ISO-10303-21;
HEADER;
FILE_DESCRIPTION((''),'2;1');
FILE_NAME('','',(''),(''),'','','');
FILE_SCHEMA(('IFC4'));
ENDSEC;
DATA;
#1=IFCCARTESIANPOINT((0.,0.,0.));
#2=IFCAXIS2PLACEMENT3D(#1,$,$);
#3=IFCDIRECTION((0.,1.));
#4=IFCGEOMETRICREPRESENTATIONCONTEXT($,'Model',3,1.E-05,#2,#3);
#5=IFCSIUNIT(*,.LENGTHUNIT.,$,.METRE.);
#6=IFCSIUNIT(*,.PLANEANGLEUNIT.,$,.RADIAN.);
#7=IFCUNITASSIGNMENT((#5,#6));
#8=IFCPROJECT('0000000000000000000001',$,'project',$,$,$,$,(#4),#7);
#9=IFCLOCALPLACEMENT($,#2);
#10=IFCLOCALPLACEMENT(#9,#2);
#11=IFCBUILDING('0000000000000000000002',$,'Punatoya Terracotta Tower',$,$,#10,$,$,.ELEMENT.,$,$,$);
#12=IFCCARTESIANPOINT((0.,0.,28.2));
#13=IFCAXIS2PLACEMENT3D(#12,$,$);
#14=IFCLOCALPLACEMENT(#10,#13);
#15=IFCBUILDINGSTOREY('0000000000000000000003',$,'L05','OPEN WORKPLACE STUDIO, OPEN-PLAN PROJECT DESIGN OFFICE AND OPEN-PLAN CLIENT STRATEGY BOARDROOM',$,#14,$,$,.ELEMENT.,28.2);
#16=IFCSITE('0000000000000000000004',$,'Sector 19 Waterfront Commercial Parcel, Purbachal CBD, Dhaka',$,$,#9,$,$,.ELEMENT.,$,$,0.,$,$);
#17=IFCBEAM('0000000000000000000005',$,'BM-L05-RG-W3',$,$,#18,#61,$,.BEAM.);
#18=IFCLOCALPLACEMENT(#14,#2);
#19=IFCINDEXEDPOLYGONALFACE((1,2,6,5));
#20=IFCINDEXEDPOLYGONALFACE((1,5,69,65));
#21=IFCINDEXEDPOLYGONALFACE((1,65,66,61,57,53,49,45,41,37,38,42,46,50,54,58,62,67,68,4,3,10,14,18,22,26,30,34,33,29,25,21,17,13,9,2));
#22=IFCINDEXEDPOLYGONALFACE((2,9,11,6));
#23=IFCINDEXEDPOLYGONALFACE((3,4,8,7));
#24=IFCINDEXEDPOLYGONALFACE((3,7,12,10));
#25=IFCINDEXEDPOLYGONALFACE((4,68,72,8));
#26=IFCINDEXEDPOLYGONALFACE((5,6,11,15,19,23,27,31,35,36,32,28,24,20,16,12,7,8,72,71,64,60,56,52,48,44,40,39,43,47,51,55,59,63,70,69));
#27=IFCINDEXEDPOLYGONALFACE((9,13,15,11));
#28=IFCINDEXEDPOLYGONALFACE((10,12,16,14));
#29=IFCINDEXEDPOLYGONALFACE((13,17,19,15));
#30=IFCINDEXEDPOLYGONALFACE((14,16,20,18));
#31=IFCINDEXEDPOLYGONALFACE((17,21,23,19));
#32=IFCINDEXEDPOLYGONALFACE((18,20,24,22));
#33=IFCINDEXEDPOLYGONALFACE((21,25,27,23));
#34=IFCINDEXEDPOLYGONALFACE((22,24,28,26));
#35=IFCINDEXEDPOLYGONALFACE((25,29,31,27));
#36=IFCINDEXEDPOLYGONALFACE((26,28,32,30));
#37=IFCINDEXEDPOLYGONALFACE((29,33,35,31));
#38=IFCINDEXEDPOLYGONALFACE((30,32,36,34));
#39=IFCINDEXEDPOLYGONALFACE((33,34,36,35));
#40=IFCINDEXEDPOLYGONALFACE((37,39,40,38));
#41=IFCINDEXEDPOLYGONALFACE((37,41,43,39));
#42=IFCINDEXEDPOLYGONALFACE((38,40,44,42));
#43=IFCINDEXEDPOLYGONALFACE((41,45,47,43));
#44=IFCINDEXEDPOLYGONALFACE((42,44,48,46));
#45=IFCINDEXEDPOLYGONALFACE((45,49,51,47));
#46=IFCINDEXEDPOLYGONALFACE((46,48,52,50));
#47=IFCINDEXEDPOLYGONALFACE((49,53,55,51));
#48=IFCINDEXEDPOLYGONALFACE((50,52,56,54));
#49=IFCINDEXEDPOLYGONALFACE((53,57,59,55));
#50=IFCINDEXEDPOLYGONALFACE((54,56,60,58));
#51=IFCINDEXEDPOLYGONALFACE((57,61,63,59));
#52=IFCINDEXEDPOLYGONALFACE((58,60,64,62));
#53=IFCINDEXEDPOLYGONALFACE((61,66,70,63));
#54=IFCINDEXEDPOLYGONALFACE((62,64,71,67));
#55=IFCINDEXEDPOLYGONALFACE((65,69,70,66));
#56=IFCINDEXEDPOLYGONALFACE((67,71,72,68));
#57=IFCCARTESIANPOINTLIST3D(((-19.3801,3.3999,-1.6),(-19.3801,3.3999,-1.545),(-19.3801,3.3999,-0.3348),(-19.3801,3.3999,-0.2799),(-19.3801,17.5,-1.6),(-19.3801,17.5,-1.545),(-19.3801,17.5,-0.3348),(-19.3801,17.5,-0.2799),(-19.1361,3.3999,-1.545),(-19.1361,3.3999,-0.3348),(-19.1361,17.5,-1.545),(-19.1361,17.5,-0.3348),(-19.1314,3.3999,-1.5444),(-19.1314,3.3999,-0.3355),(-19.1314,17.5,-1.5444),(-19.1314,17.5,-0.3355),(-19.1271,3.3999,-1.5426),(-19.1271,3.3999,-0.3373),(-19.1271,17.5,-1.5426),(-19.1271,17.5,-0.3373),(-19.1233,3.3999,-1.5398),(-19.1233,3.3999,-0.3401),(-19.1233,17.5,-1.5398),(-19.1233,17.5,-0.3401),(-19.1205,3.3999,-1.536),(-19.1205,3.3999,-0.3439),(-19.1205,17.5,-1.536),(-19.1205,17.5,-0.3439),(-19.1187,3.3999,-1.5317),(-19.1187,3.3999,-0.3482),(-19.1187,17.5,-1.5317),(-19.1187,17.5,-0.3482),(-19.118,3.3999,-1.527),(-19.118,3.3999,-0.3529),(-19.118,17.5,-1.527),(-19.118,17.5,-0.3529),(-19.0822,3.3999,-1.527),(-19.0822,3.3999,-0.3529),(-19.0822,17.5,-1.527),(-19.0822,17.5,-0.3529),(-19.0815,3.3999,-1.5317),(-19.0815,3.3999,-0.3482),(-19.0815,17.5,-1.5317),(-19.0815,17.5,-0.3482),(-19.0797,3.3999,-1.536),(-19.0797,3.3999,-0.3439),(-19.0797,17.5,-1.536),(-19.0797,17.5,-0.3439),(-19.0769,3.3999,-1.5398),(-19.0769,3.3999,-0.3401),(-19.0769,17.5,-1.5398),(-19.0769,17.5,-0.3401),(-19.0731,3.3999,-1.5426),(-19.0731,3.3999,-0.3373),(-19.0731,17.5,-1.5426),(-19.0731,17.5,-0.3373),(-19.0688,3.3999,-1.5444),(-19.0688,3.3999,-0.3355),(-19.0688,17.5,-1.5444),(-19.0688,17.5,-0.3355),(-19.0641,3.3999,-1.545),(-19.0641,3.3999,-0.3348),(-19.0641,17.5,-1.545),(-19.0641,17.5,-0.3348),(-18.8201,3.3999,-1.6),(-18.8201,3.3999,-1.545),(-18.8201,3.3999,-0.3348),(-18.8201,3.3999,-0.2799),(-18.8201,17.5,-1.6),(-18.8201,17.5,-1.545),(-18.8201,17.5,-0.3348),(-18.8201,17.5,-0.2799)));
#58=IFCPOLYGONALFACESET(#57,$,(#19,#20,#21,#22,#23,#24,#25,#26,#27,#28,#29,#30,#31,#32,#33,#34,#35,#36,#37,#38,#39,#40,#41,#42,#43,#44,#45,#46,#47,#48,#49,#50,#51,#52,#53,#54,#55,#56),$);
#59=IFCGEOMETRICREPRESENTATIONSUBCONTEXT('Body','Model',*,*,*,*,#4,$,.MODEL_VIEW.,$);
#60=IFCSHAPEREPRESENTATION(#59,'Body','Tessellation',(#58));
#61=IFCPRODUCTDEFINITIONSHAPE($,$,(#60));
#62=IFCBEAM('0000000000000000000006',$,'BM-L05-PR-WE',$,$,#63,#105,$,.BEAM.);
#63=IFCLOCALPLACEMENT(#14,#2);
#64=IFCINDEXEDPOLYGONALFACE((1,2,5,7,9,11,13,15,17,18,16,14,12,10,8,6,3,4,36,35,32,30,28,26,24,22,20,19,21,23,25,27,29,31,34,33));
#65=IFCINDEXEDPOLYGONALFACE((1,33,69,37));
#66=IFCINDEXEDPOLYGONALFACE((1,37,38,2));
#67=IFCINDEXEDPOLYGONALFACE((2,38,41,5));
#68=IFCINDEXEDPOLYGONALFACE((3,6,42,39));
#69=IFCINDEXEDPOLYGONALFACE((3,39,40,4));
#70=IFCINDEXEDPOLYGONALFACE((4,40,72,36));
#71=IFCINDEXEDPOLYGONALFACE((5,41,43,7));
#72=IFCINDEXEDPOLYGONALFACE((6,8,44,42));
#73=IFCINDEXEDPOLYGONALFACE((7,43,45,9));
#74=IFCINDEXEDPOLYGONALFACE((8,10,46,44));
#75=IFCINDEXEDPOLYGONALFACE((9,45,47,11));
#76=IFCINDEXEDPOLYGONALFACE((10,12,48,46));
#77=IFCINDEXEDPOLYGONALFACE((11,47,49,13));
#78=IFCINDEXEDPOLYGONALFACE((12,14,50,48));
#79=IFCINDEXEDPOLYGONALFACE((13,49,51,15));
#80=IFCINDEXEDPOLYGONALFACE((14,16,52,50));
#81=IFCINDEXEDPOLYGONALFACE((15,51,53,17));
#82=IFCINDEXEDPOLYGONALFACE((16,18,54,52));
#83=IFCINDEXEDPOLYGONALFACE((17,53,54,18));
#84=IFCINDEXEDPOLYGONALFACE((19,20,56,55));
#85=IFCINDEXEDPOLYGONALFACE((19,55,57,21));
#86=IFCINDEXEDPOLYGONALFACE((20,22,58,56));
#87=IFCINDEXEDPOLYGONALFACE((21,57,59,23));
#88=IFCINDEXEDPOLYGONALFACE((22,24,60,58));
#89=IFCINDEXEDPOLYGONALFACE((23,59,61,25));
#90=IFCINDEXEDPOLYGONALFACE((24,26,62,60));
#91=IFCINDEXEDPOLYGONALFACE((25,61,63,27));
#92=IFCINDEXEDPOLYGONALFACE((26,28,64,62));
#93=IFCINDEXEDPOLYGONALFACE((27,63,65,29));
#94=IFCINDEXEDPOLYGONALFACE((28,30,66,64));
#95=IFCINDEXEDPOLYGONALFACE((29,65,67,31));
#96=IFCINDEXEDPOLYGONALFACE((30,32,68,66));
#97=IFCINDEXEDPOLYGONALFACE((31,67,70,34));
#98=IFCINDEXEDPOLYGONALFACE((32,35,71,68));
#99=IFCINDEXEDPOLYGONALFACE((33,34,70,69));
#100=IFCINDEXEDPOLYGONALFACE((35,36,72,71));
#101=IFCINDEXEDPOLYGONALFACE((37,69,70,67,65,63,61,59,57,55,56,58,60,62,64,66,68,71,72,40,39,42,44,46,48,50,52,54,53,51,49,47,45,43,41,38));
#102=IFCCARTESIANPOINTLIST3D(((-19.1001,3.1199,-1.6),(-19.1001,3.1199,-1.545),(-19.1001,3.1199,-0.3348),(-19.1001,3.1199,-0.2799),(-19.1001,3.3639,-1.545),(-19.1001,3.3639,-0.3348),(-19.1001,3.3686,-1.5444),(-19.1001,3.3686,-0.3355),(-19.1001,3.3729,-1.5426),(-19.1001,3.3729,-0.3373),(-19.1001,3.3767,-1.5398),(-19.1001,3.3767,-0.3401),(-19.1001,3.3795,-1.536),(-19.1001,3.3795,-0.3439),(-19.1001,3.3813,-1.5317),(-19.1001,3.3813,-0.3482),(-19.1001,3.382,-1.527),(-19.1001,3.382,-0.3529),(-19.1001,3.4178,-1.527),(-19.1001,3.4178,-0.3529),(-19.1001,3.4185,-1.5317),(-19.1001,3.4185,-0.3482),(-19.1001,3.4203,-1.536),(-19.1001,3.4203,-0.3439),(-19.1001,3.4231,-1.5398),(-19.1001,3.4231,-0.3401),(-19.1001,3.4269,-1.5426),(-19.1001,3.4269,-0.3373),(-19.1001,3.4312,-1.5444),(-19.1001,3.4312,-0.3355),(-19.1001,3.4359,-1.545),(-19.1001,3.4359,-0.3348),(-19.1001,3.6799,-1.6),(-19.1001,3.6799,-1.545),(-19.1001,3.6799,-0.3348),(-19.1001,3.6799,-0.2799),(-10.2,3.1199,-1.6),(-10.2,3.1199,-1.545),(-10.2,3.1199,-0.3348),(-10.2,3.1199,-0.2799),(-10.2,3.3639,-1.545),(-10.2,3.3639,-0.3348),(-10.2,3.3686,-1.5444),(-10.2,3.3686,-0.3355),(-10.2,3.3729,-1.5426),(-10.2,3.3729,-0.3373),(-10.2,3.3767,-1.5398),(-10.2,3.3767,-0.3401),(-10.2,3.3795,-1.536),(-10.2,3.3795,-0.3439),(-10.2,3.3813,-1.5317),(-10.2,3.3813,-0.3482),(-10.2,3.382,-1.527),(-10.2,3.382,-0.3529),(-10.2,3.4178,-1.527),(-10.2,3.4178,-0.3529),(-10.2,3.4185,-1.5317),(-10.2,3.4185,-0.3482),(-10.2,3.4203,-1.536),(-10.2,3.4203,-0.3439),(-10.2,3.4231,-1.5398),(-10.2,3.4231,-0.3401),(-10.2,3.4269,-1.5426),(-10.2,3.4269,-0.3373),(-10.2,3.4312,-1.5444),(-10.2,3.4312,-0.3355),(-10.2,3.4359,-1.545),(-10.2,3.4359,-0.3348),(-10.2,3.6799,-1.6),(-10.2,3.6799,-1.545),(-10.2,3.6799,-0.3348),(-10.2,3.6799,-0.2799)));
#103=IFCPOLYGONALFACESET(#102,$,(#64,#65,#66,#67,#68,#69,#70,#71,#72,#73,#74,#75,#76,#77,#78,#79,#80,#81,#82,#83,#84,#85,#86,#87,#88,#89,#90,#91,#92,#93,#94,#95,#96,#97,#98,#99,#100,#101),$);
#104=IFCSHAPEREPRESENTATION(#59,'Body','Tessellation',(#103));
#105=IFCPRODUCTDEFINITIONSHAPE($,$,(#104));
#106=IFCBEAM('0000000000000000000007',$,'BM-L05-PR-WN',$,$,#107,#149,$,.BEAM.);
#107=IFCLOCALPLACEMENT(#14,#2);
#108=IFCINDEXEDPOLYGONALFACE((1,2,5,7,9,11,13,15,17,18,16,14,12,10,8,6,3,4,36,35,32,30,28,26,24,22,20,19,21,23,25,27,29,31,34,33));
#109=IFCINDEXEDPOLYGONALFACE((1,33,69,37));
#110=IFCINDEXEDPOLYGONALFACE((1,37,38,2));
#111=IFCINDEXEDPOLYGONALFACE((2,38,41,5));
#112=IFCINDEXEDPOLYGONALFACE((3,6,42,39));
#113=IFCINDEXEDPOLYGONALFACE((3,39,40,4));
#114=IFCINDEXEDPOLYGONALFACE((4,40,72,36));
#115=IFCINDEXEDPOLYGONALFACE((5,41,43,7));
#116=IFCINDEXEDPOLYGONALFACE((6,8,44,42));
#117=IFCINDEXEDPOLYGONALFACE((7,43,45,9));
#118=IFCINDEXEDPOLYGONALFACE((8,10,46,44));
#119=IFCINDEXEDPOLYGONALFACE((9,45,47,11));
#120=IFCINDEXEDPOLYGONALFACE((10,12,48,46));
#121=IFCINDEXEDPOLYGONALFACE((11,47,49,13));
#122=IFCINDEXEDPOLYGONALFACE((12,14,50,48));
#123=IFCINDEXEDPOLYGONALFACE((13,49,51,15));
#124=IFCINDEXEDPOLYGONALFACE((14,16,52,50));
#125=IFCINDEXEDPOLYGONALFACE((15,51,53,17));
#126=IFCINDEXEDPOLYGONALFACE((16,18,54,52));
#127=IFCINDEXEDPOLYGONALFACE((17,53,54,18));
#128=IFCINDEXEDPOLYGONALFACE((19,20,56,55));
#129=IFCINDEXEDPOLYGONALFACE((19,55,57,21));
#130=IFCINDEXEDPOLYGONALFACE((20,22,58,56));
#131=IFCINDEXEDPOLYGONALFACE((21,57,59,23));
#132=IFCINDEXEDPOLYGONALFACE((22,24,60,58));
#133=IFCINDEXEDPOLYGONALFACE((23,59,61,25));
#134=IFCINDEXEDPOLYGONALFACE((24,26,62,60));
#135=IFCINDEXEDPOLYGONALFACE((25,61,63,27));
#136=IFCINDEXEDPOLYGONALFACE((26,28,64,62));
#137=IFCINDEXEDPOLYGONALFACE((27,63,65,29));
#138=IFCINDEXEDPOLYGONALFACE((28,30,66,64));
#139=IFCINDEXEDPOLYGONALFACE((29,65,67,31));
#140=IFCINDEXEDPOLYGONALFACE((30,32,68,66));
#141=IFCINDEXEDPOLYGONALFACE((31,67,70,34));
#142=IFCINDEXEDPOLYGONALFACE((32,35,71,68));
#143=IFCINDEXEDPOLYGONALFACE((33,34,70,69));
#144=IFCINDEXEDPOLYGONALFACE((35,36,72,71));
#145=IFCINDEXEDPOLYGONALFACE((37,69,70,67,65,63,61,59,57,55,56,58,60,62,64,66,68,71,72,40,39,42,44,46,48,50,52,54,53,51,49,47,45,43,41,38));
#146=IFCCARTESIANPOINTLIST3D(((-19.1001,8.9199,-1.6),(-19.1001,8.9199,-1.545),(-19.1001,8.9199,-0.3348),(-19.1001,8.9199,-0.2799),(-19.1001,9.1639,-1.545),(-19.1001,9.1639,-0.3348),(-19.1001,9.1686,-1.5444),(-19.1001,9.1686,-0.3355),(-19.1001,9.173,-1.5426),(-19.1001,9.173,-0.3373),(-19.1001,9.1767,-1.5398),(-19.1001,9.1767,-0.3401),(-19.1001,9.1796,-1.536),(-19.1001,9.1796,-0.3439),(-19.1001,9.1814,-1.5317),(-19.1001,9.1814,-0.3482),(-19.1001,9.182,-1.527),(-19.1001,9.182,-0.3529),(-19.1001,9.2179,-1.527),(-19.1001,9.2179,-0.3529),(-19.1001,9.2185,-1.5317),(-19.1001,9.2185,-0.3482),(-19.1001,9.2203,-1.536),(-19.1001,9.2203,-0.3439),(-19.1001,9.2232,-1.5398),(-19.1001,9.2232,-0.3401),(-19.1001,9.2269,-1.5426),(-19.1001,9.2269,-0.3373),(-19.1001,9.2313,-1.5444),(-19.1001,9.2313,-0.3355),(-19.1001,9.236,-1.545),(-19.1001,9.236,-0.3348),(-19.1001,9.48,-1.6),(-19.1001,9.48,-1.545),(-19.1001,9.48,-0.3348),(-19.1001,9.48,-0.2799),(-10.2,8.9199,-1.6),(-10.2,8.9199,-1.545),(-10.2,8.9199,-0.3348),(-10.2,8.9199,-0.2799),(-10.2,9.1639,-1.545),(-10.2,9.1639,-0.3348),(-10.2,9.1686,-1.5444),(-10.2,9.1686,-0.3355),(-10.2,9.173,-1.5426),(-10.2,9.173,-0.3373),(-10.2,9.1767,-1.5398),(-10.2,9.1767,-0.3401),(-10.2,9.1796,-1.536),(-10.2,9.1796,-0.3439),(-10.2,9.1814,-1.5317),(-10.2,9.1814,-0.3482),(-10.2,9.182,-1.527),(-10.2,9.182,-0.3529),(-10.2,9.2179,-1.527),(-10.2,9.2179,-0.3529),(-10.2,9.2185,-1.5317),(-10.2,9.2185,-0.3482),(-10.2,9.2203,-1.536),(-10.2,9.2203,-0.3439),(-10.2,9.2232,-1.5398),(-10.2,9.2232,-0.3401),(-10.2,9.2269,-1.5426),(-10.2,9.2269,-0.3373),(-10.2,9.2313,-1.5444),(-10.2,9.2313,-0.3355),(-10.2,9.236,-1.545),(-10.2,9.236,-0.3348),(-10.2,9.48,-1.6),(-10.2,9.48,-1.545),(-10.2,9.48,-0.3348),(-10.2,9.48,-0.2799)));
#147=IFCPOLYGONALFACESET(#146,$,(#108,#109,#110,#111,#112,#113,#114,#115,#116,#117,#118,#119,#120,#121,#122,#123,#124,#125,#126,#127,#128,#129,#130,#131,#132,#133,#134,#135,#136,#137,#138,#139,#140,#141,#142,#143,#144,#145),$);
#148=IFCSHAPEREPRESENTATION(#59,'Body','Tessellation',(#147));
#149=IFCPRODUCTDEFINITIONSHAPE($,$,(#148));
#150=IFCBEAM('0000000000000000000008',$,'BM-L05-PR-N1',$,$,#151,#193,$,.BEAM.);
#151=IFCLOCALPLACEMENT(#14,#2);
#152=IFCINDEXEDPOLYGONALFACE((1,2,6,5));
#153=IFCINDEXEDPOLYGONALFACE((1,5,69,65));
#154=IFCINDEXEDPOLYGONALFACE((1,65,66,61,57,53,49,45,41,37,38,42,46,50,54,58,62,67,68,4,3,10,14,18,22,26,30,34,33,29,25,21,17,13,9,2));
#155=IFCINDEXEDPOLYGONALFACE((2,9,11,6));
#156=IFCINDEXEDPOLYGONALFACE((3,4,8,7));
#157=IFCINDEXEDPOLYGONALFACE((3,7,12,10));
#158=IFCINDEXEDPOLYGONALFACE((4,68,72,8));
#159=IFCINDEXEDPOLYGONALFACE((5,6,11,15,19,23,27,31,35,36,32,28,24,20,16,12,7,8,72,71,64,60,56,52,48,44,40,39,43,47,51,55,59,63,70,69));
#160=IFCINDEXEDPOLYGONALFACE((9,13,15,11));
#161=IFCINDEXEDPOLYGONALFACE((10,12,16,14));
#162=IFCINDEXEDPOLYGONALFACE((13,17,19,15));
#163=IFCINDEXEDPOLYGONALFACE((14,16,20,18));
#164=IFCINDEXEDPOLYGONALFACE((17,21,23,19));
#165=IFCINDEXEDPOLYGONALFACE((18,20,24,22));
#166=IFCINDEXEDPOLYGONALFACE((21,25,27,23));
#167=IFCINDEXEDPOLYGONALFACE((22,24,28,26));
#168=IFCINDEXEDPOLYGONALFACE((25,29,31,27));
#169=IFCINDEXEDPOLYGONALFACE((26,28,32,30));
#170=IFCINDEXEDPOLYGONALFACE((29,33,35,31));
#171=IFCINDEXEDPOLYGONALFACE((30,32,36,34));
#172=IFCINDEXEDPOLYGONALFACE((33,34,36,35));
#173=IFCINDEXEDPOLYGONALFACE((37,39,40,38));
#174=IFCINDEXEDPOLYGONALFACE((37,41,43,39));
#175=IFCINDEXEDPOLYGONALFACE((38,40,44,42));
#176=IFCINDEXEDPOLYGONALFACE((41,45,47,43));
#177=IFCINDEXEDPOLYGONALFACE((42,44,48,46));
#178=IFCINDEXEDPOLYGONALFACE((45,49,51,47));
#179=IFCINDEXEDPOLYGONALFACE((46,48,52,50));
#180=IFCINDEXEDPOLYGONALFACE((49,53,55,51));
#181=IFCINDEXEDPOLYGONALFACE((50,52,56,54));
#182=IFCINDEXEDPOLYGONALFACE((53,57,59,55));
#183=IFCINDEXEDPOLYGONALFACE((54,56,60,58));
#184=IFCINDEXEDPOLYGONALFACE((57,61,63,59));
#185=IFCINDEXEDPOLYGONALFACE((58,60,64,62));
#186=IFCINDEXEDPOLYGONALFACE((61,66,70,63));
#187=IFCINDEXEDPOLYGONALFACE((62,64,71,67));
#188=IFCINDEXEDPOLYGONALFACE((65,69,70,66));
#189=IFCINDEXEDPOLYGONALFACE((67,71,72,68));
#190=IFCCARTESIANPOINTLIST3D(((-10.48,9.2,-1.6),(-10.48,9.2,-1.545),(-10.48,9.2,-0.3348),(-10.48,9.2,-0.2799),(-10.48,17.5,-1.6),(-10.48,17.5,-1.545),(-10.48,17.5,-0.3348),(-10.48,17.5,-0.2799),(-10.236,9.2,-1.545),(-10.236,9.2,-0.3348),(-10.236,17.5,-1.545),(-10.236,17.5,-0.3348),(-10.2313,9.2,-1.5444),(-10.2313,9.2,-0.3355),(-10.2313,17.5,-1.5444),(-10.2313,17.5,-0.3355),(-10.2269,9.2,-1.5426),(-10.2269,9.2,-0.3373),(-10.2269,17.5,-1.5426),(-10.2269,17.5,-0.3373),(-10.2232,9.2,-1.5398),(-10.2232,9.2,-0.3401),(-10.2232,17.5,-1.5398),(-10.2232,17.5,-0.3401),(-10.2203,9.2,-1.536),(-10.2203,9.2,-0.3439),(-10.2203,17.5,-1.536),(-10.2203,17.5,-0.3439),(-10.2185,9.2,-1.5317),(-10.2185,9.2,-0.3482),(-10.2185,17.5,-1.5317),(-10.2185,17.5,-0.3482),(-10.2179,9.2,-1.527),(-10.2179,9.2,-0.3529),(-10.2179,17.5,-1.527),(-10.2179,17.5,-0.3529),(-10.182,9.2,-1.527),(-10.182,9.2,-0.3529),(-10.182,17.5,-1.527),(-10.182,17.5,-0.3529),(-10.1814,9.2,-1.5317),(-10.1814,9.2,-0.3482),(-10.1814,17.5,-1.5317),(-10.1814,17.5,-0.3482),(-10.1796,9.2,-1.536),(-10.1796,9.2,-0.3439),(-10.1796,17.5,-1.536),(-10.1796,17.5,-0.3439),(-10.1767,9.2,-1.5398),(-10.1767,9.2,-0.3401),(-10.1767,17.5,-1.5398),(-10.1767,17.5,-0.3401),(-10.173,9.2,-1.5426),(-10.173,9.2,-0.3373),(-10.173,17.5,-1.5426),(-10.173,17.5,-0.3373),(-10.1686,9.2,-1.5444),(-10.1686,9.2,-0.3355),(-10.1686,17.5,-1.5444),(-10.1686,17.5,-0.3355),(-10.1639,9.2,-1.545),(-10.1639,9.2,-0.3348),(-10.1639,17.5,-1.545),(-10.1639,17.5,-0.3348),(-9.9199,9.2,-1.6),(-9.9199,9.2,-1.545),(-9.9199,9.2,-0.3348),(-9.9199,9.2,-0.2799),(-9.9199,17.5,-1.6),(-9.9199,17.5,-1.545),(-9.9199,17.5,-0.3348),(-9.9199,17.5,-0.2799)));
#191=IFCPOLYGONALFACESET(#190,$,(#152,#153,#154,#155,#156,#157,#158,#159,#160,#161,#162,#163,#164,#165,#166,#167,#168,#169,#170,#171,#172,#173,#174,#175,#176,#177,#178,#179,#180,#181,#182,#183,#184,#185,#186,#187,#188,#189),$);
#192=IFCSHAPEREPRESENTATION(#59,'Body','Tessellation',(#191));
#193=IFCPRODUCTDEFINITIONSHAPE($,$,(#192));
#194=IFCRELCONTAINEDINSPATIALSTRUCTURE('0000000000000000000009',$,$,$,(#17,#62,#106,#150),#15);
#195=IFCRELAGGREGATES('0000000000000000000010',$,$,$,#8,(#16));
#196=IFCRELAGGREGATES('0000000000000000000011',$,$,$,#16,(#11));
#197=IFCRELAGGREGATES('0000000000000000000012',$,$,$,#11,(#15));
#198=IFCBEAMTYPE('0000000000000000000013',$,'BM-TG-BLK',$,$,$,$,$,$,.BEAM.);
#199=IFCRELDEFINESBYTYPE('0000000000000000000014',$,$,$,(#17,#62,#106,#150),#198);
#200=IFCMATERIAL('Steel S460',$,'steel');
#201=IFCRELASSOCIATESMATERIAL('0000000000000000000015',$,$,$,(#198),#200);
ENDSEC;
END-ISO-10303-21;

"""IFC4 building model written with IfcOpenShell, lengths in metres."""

from ifc_helpers import new_model, si_unit, direction, frame, origin, origin_2d, place, context, subcontext, project, spatial, i_section, extrude, material, material_profile, profile_set, type_object, element, save


model = new_model("IFC4")

# Units and contexts
model_context = context("Model", 3, precision=1e-05, world=origin(), true_north=direction((0.0, 1.0)))
body_context = subcontext(model_context, "Body", "Model", "MODEL_VIEW")
ifc_project = project(units=[si_unit("LENGTHUNIT", "METRE"), si_unit("PLANEANGLEUNIT", "RADIAN")], contexts=[model_context])

# Site, building, storey
site_placement = place(None, origin())
site = spatial("IfcSite", under=ifc_project, at=site_placement, Name="Sector 19 Waterfront Commercial Parcel, Purbachal CBD, Dhaka", CompositionType="ELEMENT", RefElevation=0.0)
building_placement = place(site_placement, origin())
building = spatial("IfcBuilding", under=site, at=building_placement, Name="Punatoya Terracotta Tower", CompositionType="ELEMENT")
storey_placement = place(building_placement, frame((0.0, 0.0, 28.2)))
storey = spatial("IfcBuildingStorey", under=building, at=storey_placement, Name="L05", Description="OPEN WORKPLACE STUDIO, OPEN-PLAN PROJECT DESIGN OFFICE AND OPEN-PLAN CLIENT STRATEGY BOARDROOM", CompositionType="ELEMENT", Elevation=28.2)

# Shared definitions
ifc_material_1 = material(Name="Steel S460", Category="steel")

# Beams
ifc_material_profile_1 = material_profile(ifc_material_1, i_section(OverallWidth=0.5601, OverallDepth=1.3201, WebThickness=0.0359, FlangeThickness=0.0549, FilletRadius=0.0181, at=origin_2d()))
ifc_profile_set_1 = profile_set([ifc_material_profile_1], Name="Steel S460")
beam_type_1 = type_object("IfcBeamType", Name="BM-TG-BLK", PredefinedType="BEAM", material=ifc_profile_set_1)
beam_1_placement = place(storey_placement, frame((-19.1001, 3.3999, -0.9399), z_axis=(0.0, 1.0, 0.0), x_axis=(-1.0, 0.0, 0.0)))
element("IfcBeam", 1, at=beam_1_placement, inside=storey, type_object=beam_type_1, Name="BM-L05-RG-W3", PredefinedType="BEAM", context=body_context, shape_type="SweptSolid", body=[
    extrude(i_section(OverallWidth=0.5601, OverallDepth=1.3201, WebThickness=0.0359, FlangeThickness=0.0549, FilletRadius=0.0181, at=origin_2d()), origin(), (0.0, 0.0, 1.0), 14.1001),
])
for number, where, z_axis, x_axis, name in (
    (2, (-19.1001, 3.3999, -0.9399), (1.0, 0.0, 0.0), (0.0, 1.0, 0.0), "BM-L05-PR-WE"),
    (3, (-19.1001, 9.2, -0.9399), (1.0, 0.0, 0.0), (0.0, 1.0, 0.0), "BM-L05-PR-WN"),
):
    element("IfcBeam", number, at=place(storey_placement, frame(where, z_axis=z_axis, x_axis=x_axis)), inside=storey, type_object=beam_type_1, Name=name, PredefinedType="BEAM", context=body_context, shape_type="SweptSolid", body=[
        extrude(i_section(OverallWidth=0.5601, OverallDepth=1.3201, WebThickness=0.0359, FlangeThickness=0.0549, FilletRadius=0.0181, at=origin_2d()), origin(), (0.0, 0.0, 1.0), 8.9001),
    ])
beam_2_placement = place(storey_placement, frame((-10.2, 9.2, -0.9399), z_axis=(0.0, 1.0, 0.0), x_axis=(-1.0, 0.0, 0.0)))
element("IfcBeam", 4, at=beam_2_placement, inside=storey, type_object=beam_type_1, Name="BM-L05-PR-N1", PredefinedType="BEAM", context=body_context, shape_type="SweptSolid", body=[
    extrude(i_section(OverallWidth=0.5601, OverallDepth=1.3201, WebThickness=0.0359, FlangeThickness=0.0549, FilletRadius=0.0181, at=origin_2d()), origin(), (0.0, 0.0, 1.0), 8.3),
])

save(model, "model.ifc")
